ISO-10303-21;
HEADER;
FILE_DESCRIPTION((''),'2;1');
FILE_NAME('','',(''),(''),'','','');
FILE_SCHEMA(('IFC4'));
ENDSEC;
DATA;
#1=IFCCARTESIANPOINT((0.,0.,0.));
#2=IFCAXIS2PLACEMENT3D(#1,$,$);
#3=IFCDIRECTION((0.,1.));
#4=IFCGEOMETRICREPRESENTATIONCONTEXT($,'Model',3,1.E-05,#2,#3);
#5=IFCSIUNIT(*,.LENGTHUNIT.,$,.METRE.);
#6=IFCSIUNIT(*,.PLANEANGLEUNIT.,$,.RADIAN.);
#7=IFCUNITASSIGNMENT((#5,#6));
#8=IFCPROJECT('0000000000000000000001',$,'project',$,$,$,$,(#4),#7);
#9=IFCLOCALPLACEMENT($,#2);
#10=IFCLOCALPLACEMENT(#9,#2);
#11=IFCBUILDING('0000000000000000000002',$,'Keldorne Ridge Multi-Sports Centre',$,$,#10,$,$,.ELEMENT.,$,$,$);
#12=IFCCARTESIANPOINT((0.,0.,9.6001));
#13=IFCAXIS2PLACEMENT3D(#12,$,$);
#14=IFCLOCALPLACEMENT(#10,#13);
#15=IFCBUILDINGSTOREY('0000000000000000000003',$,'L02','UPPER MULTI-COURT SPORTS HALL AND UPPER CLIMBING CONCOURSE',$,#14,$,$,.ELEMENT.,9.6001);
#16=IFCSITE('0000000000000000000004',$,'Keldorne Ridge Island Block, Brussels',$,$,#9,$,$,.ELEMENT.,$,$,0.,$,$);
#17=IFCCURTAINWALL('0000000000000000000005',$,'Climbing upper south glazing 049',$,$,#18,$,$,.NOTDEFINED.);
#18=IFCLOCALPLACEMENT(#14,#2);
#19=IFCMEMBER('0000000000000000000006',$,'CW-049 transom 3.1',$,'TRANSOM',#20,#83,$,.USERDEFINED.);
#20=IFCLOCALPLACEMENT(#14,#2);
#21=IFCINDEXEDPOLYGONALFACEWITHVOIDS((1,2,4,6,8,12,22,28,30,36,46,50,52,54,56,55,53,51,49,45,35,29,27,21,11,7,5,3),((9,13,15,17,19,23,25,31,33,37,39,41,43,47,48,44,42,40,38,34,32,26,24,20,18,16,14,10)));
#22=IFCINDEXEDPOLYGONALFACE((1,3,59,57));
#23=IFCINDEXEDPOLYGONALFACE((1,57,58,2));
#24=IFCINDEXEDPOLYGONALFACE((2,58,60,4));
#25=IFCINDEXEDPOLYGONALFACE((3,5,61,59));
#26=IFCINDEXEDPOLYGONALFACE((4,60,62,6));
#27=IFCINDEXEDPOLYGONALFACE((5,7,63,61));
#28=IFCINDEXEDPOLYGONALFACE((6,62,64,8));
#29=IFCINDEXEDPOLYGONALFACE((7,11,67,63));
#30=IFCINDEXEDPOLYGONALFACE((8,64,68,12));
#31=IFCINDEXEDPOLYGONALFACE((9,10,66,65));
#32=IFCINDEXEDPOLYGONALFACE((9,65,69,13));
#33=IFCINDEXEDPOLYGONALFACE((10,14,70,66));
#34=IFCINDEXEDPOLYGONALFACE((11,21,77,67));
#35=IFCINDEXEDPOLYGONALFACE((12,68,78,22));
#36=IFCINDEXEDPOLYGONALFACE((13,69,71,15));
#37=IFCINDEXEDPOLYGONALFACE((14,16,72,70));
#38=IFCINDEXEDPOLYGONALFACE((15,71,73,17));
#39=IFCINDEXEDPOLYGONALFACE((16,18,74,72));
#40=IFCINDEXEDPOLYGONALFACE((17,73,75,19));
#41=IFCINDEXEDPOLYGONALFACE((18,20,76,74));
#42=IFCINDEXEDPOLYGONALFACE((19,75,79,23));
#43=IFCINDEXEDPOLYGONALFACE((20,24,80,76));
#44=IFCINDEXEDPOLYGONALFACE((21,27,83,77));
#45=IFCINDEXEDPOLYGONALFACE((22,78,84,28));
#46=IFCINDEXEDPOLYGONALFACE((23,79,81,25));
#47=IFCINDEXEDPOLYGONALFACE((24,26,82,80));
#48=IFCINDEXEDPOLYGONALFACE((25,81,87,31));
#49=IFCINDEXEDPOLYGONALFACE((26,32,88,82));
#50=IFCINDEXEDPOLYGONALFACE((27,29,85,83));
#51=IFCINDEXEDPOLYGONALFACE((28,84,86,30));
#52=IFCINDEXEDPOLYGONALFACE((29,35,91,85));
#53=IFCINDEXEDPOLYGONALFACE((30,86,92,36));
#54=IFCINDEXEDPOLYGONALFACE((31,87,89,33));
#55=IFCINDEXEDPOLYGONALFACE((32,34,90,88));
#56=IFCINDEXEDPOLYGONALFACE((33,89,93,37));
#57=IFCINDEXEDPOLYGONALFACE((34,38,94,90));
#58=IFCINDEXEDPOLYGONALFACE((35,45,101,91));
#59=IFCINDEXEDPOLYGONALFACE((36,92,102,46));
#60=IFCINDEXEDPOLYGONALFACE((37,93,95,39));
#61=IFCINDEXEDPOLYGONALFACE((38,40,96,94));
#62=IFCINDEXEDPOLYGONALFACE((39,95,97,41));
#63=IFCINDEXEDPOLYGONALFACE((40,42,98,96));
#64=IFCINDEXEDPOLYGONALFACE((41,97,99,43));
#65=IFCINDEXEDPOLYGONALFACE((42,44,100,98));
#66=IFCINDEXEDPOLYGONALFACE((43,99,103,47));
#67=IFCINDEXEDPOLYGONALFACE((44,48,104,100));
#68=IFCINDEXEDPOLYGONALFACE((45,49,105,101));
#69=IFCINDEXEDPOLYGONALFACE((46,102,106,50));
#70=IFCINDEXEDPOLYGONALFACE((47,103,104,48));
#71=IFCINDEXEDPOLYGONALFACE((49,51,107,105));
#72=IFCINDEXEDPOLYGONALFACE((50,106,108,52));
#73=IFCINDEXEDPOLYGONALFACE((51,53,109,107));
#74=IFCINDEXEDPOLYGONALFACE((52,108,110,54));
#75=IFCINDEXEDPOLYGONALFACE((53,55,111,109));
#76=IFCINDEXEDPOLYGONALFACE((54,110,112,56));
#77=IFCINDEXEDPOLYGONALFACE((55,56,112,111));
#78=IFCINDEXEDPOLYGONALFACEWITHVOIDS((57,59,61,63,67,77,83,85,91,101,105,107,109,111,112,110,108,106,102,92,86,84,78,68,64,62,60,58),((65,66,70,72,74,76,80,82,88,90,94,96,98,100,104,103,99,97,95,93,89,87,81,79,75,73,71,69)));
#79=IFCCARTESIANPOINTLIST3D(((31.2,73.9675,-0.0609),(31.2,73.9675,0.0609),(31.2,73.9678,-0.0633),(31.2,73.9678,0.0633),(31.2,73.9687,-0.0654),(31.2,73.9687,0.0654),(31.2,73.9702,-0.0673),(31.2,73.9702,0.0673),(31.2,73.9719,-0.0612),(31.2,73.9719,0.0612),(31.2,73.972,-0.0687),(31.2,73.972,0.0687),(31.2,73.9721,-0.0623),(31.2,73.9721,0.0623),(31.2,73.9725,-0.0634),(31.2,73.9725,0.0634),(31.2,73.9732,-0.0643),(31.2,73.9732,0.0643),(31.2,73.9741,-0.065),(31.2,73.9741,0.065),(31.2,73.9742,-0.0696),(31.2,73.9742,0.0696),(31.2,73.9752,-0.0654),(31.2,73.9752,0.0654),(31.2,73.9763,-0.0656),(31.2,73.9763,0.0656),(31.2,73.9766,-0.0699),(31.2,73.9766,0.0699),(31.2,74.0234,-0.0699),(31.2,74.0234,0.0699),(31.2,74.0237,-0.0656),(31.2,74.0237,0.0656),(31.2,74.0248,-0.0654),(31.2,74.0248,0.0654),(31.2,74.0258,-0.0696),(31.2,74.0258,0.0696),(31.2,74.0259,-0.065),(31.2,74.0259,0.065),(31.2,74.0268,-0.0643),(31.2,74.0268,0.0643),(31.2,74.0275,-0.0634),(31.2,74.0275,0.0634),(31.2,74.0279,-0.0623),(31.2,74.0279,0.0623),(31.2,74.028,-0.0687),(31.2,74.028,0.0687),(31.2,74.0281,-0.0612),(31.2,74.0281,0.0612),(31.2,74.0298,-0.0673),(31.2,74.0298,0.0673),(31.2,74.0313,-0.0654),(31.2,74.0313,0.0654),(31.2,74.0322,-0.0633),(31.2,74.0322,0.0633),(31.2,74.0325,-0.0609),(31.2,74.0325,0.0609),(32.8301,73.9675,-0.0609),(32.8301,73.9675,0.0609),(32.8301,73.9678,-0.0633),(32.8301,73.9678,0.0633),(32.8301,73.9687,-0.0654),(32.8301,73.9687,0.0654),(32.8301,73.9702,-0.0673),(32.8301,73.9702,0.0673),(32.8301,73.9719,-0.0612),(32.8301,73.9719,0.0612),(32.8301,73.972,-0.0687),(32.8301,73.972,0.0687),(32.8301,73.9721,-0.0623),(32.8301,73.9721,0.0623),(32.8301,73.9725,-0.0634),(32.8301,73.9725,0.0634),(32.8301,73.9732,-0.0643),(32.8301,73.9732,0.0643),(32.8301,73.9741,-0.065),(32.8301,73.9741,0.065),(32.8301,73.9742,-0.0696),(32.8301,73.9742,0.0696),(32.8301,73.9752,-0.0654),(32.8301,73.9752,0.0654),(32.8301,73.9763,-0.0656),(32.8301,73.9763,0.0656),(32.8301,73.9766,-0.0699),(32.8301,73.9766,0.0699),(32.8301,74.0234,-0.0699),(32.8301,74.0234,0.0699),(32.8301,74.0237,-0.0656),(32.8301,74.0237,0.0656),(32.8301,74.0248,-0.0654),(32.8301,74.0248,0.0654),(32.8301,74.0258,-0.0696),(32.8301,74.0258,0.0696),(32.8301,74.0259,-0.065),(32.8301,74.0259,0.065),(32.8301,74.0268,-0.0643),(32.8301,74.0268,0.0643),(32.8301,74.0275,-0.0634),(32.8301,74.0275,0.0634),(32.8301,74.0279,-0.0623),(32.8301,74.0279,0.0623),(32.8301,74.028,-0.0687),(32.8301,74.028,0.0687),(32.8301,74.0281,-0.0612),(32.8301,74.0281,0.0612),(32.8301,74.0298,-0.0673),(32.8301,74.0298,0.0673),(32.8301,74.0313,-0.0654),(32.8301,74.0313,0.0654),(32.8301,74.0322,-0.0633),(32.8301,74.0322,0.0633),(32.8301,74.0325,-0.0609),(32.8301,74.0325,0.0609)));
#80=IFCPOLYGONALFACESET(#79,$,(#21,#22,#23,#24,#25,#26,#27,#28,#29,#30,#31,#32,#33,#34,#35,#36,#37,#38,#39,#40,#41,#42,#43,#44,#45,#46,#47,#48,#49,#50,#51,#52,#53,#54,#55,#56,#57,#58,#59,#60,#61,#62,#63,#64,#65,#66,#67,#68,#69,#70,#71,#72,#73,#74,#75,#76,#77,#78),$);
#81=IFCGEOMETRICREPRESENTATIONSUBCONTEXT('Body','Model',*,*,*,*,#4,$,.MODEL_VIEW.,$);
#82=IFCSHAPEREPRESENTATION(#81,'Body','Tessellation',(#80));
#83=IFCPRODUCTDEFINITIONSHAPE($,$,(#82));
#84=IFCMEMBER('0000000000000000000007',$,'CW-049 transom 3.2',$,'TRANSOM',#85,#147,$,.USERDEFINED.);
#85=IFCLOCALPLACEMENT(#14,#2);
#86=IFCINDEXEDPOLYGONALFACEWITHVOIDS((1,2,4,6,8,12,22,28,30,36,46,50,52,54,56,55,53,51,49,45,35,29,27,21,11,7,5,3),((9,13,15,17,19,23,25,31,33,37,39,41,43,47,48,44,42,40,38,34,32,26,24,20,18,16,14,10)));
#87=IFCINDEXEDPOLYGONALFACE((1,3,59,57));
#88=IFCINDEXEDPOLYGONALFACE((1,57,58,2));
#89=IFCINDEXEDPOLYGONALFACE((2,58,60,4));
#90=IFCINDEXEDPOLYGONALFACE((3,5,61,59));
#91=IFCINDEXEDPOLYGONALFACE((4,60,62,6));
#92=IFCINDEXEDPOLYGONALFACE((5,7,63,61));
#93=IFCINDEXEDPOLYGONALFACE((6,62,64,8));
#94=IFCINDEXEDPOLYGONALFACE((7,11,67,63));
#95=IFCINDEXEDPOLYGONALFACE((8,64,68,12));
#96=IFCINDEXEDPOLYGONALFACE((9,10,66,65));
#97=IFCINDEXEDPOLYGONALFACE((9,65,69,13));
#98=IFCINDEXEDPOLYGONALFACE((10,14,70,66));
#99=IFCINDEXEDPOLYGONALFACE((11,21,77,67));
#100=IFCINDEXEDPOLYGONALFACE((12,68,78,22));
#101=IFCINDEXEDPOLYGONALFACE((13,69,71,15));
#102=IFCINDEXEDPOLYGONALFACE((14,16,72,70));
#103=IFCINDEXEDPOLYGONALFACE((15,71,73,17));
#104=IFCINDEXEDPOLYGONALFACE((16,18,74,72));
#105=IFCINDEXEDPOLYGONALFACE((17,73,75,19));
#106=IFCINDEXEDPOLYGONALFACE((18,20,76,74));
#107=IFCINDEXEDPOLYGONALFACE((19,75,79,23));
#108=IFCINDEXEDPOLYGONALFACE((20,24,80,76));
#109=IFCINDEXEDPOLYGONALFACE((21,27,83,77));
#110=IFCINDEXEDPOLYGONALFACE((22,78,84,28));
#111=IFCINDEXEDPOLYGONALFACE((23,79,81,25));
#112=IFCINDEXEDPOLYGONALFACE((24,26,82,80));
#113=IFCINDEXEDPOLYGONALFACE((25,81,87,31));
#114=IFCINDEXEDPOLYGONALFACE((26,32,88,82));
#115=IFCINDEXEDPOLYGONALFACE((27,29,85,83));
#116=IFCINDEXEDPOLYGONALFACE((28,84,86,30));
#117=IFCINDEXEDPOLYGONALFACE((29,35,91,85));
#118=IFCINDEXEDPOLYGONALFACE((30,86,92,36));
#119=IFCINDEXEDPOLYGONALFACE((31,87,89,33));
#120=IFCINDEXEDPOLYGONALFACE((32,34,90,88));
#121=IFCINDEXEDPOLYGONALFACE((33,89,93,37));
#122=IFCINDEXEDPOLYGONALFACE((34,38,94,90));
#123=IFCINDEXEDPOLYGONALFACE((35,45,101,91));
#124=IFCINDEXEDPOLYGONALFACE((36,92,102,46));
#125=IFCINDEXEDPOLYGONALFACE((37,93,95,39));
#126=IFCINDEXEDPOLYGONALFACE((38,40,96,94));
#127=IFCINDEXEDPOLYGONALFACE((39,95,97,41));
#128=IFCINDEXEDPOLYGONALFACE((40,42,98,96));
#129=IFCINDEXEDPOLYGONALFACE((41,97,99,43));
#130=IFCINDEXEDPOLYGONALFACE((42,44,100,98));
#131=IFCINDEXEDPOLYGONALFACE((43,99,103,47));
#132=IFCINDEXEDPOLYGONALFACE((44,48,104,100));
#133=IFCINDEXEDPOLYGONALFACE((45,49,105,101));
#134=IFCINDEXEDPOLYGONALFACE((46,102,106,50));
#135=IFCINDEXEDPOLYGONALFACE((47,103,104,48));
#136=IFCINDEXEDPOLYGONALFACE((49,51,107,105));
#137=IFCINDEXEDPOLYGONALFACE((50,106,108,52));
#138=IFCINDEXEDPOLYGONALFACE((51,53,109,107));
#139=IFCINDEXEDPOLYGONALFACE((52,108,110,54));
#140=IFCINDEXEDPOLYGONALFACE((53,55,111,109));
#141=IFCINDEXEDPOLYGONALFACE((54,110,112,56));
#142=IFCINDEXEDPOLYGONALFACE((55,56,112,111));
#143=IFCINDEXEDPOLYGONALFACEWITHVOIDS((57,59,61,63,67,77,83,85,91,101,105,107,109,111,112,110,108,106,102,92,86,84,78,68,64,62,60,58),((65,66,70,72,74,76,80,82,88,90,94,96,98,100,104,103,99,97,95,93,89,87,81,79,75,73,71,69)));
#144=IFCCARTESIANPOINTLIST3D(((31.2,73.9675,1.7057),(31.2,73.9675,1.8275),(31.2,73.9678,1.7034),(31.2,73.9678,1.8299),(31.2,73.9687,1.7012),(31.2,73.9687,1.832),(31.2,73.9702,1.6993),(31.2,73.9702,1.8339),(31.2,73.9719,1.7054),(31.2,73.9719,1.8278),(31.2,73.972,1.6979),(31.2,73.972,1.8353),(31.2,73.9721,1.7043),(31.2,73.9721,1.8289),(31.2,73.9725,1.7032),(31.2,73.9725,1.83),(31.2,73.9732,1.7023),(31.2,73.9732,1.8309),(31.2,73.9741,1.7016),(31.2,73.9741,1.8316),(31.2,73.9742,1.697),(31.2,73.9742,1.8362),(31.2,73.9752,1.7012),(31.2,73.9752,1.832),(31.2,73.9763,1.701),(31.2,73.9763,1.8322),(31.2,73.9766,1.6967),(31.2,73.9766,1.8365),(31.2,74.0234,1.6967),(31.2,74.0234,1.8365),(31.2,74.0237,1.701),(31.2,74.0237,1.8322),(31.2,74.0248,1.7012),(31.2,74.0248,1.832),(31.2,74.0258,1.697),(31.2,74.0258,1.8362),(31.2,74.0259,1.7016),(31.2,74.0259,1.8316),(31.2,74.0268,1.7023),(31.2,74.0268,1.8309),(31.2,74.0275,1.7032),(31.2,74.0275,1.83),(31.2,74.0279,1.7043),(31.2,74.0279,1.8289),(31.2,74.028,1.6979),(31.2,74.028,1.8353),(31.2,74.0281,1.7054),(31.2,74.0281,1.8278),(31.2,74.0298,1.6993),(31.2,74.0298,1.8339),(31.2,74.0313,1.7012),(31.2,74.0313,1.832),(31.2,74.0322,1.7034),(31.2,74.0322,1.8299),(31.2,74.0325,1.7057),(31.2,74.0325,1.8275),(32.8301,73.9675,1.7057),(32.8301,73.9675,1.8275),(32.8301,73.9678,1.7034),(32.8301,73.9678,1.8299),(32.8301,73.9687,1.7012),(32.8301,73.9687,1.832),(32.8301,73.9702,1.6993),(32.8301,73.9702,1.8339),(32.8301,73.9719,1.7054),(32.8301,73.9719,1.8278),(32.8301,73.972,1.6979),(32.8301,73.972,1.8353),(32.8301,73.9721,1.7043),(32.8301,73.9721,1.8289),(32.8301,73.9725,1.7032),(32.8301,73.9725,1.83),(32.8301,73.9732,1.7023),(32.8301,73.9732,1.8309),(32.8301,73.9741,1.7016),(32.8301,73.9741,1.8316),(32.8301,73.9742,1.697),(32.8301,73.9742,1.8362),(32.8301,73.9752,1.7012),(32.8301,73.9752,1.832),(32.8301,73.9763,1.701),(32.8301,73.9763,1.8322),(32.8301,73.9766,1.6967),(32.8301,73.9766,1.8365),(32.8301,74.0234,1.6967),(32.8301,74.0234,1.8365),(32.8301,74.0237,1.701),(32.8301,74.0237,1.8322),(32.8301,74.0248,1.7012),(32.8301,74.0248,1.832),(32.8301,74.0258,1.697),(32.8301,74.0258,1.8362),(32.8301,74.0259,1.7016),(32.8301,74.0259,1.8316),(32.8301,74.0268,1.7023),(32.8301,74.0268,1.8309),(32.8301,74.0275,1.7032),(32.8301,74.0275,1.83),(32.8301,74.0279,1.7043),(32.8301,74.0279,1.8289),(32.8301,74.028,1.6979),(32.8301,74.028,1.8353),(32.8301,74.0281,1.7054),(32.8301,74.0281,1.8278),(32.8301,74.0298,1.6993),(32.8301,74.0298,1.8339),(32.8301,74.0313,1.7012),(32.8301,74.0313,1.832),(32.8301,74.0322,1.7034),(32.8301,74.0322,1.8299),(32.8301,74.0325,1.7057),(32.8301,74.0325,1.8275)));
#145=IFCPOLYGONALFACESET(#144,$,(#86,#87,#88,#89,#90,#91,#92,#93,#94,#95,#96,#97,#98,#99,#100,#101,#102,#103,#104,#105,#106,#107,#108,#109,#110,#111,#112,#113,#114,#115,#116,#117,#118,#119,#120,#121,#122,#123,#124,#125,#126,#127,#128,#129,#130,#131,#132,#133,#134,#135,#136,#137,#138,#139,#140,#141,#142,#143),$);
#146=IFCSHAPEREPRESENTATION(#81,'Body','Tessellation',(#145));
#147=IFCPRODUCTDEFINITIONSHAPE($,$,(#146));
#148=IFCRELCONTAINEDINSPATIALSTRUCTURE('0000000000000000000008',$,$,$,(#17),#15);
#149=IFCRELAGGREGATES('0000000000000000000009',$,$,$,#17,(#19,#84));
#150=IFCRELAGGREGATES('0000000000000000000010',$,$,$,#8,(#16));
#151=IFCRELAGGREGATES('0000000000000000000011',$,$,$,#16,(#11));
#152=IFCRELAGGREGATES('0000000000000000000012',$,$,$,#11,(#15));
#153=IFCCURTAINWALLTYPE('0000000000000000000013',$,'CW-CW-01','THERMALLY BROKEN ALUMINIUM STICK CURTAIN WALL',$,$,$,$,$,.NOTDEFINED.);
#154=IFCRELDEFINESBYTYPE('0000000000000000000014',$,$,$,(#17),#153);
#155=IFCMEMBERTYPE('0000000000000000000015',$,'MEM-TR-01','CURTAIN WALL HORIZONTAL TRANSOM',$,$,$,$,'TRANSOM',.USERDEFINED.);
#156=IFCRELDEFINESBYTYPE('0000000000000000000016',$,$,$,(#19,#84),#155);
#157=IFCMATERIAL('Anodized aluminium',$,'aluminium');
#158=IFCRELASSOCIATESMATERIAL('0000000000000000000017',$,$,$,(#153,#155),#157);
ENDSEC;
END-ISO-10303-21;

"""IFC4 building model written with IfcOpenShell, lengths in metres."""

from ifc_helpers import new_model, si_unit, direction, frame, origin, origin_2d, place, context, subcontext, project, spatial, hollow_rectangle, extrude, material, material_profile, profile_set, type_object, element, aggregate, save


model = new_model("IFC4")

# Units and contexts
model_context = context("Model", 3, precision=1e-05, world=origin(), true_north=direction((0.0, 1.0)))
body_context = subcontext(model_context, "Body", "Model", "MODEL_VIEW")
ifc_project = project(units=[si_unit("LENGTHUNIT", "METRE"), si_unit("PLANEANGLEUNIT", "RADIAN")], contexts=[model_context])

# Site, building, storey
site_placement = place(None, origin())
site = spatial("IfcSite", under=ifc_project, at=site_placement, Name="Keldorne Ridge Island Block, Brussels", CompositionType="ELEMENT", RefElevation=0.0)
building_placement = place(site_placement, origin())
building = spatial("IfcBuilding", under=site, at=building_placement, Name="Keldorne Ridge Multi-Sports Centre", CompositionType="ELEMENT")
storey_placement = place(building_placement, frame((0.0, 0.0, 9.6001)))
storey = spatial("IfcBuildingStorey", under=building, at=storey_placement, Name="L02", Description="UPPER MULTI-COURT SPORTS HALL AND UPPER CLIMBING CONCOURSE", CompositionType="ELEMENT", Elevation=9.6001)

# Curtain wall
ifc_material_1 = material(Name="Anodized aluminium", Category="aluminium")
curtain_wall_type = type_object("IfcCurtainWallType", Name="CW-CW-01", Description="THERMALLY BROKEN ALUMINIUM STICK CURTAIN WALL", PredefinedType="NOTDEFINED", material=ifc_material_1)
curtain_wall_placement = place(storey_placement, origin())
curtain_wall = element("IfcCurtainWall", 1, at=curtain_wall_placement, inside=storey, type_object=curtain_wall_type, Name="Climbing upper south glazing 049", PredefinedType="NOTDEFINED")

# Members
ifc_material_profile_1 = material_profile(ifc_material_1, hollow_rectangle(XDim=0.0649, YDim=0.1399, WallThickness=0.0044, InnerFilletRadius=0.0044, OuterFilletRadius=0.009, at=origin_2d()), Name="ALU TRANSOM 140x65x4.5")
ifc_profile_set_1 = profile_set([ifc_material_profile_1], Name="Anodized aluminium")
member_type_1 = type_object("IfcMemberType", Name="MEM-TR-01", Description="CURTAIN WALL HORIZONTAL TRANSOM", ElementType="TRANSOM", PredefinedType="USERDEFINED", material=ifc_profile_set_1)
member_1_placement = place(storey_placement, frame((31.2, 74.0, 0.0), z_axis=(1.0, 0.0, 0.0), x_axis=(0.0, 1.0, 0.0)))
member_1 = element("IfcMember", 2, at=member_1_placement, type_object=member_type_1, Name="CW-049 transom 3.1", ObjectType="TRANSOM", PredefinedType="USERDEFINED", context=body_context, shape_type="SweptSolid", body=[
    extrude(hollow_rectangle(XDim=0.0649, YDim=0.1399, WallThickness=0.0044, InnerFilletRadius=0.0044, OuterFilletRadius=0.009, at=origin_2d()), origin(), (0.0, 0.0, 1.0), 1.6301),
])
member_2_placement = place(storey_placement, frame((31.2, 74.0, 1.7666), z_axis=(1.0, 0.0, 0.0), x_axis=(0.0, 1.0, 0.0)))
member_2 = element("IfcMember", 3, at=member_2_placement, type_object=member_type_1, Name="CW-049 transom 3.2", ObjectType="TRANSOM", PredefinedType="USERDEFINED", context=body_context, shape_type="SweptSolid", body=[
    extrude(hollow_rectangle(XDim=0.0649, YDim=0.1399, WallThickness=0.0044, InnerFilletRadius=0.0044, OuterFilletRadius=0.009, at=origin_2d()), origin(), (0.0, 0.0, 1.0), 1.6301),
])

aggregate(curtain_wall, [member_1, member_2])

save(model, "model.ifc")
